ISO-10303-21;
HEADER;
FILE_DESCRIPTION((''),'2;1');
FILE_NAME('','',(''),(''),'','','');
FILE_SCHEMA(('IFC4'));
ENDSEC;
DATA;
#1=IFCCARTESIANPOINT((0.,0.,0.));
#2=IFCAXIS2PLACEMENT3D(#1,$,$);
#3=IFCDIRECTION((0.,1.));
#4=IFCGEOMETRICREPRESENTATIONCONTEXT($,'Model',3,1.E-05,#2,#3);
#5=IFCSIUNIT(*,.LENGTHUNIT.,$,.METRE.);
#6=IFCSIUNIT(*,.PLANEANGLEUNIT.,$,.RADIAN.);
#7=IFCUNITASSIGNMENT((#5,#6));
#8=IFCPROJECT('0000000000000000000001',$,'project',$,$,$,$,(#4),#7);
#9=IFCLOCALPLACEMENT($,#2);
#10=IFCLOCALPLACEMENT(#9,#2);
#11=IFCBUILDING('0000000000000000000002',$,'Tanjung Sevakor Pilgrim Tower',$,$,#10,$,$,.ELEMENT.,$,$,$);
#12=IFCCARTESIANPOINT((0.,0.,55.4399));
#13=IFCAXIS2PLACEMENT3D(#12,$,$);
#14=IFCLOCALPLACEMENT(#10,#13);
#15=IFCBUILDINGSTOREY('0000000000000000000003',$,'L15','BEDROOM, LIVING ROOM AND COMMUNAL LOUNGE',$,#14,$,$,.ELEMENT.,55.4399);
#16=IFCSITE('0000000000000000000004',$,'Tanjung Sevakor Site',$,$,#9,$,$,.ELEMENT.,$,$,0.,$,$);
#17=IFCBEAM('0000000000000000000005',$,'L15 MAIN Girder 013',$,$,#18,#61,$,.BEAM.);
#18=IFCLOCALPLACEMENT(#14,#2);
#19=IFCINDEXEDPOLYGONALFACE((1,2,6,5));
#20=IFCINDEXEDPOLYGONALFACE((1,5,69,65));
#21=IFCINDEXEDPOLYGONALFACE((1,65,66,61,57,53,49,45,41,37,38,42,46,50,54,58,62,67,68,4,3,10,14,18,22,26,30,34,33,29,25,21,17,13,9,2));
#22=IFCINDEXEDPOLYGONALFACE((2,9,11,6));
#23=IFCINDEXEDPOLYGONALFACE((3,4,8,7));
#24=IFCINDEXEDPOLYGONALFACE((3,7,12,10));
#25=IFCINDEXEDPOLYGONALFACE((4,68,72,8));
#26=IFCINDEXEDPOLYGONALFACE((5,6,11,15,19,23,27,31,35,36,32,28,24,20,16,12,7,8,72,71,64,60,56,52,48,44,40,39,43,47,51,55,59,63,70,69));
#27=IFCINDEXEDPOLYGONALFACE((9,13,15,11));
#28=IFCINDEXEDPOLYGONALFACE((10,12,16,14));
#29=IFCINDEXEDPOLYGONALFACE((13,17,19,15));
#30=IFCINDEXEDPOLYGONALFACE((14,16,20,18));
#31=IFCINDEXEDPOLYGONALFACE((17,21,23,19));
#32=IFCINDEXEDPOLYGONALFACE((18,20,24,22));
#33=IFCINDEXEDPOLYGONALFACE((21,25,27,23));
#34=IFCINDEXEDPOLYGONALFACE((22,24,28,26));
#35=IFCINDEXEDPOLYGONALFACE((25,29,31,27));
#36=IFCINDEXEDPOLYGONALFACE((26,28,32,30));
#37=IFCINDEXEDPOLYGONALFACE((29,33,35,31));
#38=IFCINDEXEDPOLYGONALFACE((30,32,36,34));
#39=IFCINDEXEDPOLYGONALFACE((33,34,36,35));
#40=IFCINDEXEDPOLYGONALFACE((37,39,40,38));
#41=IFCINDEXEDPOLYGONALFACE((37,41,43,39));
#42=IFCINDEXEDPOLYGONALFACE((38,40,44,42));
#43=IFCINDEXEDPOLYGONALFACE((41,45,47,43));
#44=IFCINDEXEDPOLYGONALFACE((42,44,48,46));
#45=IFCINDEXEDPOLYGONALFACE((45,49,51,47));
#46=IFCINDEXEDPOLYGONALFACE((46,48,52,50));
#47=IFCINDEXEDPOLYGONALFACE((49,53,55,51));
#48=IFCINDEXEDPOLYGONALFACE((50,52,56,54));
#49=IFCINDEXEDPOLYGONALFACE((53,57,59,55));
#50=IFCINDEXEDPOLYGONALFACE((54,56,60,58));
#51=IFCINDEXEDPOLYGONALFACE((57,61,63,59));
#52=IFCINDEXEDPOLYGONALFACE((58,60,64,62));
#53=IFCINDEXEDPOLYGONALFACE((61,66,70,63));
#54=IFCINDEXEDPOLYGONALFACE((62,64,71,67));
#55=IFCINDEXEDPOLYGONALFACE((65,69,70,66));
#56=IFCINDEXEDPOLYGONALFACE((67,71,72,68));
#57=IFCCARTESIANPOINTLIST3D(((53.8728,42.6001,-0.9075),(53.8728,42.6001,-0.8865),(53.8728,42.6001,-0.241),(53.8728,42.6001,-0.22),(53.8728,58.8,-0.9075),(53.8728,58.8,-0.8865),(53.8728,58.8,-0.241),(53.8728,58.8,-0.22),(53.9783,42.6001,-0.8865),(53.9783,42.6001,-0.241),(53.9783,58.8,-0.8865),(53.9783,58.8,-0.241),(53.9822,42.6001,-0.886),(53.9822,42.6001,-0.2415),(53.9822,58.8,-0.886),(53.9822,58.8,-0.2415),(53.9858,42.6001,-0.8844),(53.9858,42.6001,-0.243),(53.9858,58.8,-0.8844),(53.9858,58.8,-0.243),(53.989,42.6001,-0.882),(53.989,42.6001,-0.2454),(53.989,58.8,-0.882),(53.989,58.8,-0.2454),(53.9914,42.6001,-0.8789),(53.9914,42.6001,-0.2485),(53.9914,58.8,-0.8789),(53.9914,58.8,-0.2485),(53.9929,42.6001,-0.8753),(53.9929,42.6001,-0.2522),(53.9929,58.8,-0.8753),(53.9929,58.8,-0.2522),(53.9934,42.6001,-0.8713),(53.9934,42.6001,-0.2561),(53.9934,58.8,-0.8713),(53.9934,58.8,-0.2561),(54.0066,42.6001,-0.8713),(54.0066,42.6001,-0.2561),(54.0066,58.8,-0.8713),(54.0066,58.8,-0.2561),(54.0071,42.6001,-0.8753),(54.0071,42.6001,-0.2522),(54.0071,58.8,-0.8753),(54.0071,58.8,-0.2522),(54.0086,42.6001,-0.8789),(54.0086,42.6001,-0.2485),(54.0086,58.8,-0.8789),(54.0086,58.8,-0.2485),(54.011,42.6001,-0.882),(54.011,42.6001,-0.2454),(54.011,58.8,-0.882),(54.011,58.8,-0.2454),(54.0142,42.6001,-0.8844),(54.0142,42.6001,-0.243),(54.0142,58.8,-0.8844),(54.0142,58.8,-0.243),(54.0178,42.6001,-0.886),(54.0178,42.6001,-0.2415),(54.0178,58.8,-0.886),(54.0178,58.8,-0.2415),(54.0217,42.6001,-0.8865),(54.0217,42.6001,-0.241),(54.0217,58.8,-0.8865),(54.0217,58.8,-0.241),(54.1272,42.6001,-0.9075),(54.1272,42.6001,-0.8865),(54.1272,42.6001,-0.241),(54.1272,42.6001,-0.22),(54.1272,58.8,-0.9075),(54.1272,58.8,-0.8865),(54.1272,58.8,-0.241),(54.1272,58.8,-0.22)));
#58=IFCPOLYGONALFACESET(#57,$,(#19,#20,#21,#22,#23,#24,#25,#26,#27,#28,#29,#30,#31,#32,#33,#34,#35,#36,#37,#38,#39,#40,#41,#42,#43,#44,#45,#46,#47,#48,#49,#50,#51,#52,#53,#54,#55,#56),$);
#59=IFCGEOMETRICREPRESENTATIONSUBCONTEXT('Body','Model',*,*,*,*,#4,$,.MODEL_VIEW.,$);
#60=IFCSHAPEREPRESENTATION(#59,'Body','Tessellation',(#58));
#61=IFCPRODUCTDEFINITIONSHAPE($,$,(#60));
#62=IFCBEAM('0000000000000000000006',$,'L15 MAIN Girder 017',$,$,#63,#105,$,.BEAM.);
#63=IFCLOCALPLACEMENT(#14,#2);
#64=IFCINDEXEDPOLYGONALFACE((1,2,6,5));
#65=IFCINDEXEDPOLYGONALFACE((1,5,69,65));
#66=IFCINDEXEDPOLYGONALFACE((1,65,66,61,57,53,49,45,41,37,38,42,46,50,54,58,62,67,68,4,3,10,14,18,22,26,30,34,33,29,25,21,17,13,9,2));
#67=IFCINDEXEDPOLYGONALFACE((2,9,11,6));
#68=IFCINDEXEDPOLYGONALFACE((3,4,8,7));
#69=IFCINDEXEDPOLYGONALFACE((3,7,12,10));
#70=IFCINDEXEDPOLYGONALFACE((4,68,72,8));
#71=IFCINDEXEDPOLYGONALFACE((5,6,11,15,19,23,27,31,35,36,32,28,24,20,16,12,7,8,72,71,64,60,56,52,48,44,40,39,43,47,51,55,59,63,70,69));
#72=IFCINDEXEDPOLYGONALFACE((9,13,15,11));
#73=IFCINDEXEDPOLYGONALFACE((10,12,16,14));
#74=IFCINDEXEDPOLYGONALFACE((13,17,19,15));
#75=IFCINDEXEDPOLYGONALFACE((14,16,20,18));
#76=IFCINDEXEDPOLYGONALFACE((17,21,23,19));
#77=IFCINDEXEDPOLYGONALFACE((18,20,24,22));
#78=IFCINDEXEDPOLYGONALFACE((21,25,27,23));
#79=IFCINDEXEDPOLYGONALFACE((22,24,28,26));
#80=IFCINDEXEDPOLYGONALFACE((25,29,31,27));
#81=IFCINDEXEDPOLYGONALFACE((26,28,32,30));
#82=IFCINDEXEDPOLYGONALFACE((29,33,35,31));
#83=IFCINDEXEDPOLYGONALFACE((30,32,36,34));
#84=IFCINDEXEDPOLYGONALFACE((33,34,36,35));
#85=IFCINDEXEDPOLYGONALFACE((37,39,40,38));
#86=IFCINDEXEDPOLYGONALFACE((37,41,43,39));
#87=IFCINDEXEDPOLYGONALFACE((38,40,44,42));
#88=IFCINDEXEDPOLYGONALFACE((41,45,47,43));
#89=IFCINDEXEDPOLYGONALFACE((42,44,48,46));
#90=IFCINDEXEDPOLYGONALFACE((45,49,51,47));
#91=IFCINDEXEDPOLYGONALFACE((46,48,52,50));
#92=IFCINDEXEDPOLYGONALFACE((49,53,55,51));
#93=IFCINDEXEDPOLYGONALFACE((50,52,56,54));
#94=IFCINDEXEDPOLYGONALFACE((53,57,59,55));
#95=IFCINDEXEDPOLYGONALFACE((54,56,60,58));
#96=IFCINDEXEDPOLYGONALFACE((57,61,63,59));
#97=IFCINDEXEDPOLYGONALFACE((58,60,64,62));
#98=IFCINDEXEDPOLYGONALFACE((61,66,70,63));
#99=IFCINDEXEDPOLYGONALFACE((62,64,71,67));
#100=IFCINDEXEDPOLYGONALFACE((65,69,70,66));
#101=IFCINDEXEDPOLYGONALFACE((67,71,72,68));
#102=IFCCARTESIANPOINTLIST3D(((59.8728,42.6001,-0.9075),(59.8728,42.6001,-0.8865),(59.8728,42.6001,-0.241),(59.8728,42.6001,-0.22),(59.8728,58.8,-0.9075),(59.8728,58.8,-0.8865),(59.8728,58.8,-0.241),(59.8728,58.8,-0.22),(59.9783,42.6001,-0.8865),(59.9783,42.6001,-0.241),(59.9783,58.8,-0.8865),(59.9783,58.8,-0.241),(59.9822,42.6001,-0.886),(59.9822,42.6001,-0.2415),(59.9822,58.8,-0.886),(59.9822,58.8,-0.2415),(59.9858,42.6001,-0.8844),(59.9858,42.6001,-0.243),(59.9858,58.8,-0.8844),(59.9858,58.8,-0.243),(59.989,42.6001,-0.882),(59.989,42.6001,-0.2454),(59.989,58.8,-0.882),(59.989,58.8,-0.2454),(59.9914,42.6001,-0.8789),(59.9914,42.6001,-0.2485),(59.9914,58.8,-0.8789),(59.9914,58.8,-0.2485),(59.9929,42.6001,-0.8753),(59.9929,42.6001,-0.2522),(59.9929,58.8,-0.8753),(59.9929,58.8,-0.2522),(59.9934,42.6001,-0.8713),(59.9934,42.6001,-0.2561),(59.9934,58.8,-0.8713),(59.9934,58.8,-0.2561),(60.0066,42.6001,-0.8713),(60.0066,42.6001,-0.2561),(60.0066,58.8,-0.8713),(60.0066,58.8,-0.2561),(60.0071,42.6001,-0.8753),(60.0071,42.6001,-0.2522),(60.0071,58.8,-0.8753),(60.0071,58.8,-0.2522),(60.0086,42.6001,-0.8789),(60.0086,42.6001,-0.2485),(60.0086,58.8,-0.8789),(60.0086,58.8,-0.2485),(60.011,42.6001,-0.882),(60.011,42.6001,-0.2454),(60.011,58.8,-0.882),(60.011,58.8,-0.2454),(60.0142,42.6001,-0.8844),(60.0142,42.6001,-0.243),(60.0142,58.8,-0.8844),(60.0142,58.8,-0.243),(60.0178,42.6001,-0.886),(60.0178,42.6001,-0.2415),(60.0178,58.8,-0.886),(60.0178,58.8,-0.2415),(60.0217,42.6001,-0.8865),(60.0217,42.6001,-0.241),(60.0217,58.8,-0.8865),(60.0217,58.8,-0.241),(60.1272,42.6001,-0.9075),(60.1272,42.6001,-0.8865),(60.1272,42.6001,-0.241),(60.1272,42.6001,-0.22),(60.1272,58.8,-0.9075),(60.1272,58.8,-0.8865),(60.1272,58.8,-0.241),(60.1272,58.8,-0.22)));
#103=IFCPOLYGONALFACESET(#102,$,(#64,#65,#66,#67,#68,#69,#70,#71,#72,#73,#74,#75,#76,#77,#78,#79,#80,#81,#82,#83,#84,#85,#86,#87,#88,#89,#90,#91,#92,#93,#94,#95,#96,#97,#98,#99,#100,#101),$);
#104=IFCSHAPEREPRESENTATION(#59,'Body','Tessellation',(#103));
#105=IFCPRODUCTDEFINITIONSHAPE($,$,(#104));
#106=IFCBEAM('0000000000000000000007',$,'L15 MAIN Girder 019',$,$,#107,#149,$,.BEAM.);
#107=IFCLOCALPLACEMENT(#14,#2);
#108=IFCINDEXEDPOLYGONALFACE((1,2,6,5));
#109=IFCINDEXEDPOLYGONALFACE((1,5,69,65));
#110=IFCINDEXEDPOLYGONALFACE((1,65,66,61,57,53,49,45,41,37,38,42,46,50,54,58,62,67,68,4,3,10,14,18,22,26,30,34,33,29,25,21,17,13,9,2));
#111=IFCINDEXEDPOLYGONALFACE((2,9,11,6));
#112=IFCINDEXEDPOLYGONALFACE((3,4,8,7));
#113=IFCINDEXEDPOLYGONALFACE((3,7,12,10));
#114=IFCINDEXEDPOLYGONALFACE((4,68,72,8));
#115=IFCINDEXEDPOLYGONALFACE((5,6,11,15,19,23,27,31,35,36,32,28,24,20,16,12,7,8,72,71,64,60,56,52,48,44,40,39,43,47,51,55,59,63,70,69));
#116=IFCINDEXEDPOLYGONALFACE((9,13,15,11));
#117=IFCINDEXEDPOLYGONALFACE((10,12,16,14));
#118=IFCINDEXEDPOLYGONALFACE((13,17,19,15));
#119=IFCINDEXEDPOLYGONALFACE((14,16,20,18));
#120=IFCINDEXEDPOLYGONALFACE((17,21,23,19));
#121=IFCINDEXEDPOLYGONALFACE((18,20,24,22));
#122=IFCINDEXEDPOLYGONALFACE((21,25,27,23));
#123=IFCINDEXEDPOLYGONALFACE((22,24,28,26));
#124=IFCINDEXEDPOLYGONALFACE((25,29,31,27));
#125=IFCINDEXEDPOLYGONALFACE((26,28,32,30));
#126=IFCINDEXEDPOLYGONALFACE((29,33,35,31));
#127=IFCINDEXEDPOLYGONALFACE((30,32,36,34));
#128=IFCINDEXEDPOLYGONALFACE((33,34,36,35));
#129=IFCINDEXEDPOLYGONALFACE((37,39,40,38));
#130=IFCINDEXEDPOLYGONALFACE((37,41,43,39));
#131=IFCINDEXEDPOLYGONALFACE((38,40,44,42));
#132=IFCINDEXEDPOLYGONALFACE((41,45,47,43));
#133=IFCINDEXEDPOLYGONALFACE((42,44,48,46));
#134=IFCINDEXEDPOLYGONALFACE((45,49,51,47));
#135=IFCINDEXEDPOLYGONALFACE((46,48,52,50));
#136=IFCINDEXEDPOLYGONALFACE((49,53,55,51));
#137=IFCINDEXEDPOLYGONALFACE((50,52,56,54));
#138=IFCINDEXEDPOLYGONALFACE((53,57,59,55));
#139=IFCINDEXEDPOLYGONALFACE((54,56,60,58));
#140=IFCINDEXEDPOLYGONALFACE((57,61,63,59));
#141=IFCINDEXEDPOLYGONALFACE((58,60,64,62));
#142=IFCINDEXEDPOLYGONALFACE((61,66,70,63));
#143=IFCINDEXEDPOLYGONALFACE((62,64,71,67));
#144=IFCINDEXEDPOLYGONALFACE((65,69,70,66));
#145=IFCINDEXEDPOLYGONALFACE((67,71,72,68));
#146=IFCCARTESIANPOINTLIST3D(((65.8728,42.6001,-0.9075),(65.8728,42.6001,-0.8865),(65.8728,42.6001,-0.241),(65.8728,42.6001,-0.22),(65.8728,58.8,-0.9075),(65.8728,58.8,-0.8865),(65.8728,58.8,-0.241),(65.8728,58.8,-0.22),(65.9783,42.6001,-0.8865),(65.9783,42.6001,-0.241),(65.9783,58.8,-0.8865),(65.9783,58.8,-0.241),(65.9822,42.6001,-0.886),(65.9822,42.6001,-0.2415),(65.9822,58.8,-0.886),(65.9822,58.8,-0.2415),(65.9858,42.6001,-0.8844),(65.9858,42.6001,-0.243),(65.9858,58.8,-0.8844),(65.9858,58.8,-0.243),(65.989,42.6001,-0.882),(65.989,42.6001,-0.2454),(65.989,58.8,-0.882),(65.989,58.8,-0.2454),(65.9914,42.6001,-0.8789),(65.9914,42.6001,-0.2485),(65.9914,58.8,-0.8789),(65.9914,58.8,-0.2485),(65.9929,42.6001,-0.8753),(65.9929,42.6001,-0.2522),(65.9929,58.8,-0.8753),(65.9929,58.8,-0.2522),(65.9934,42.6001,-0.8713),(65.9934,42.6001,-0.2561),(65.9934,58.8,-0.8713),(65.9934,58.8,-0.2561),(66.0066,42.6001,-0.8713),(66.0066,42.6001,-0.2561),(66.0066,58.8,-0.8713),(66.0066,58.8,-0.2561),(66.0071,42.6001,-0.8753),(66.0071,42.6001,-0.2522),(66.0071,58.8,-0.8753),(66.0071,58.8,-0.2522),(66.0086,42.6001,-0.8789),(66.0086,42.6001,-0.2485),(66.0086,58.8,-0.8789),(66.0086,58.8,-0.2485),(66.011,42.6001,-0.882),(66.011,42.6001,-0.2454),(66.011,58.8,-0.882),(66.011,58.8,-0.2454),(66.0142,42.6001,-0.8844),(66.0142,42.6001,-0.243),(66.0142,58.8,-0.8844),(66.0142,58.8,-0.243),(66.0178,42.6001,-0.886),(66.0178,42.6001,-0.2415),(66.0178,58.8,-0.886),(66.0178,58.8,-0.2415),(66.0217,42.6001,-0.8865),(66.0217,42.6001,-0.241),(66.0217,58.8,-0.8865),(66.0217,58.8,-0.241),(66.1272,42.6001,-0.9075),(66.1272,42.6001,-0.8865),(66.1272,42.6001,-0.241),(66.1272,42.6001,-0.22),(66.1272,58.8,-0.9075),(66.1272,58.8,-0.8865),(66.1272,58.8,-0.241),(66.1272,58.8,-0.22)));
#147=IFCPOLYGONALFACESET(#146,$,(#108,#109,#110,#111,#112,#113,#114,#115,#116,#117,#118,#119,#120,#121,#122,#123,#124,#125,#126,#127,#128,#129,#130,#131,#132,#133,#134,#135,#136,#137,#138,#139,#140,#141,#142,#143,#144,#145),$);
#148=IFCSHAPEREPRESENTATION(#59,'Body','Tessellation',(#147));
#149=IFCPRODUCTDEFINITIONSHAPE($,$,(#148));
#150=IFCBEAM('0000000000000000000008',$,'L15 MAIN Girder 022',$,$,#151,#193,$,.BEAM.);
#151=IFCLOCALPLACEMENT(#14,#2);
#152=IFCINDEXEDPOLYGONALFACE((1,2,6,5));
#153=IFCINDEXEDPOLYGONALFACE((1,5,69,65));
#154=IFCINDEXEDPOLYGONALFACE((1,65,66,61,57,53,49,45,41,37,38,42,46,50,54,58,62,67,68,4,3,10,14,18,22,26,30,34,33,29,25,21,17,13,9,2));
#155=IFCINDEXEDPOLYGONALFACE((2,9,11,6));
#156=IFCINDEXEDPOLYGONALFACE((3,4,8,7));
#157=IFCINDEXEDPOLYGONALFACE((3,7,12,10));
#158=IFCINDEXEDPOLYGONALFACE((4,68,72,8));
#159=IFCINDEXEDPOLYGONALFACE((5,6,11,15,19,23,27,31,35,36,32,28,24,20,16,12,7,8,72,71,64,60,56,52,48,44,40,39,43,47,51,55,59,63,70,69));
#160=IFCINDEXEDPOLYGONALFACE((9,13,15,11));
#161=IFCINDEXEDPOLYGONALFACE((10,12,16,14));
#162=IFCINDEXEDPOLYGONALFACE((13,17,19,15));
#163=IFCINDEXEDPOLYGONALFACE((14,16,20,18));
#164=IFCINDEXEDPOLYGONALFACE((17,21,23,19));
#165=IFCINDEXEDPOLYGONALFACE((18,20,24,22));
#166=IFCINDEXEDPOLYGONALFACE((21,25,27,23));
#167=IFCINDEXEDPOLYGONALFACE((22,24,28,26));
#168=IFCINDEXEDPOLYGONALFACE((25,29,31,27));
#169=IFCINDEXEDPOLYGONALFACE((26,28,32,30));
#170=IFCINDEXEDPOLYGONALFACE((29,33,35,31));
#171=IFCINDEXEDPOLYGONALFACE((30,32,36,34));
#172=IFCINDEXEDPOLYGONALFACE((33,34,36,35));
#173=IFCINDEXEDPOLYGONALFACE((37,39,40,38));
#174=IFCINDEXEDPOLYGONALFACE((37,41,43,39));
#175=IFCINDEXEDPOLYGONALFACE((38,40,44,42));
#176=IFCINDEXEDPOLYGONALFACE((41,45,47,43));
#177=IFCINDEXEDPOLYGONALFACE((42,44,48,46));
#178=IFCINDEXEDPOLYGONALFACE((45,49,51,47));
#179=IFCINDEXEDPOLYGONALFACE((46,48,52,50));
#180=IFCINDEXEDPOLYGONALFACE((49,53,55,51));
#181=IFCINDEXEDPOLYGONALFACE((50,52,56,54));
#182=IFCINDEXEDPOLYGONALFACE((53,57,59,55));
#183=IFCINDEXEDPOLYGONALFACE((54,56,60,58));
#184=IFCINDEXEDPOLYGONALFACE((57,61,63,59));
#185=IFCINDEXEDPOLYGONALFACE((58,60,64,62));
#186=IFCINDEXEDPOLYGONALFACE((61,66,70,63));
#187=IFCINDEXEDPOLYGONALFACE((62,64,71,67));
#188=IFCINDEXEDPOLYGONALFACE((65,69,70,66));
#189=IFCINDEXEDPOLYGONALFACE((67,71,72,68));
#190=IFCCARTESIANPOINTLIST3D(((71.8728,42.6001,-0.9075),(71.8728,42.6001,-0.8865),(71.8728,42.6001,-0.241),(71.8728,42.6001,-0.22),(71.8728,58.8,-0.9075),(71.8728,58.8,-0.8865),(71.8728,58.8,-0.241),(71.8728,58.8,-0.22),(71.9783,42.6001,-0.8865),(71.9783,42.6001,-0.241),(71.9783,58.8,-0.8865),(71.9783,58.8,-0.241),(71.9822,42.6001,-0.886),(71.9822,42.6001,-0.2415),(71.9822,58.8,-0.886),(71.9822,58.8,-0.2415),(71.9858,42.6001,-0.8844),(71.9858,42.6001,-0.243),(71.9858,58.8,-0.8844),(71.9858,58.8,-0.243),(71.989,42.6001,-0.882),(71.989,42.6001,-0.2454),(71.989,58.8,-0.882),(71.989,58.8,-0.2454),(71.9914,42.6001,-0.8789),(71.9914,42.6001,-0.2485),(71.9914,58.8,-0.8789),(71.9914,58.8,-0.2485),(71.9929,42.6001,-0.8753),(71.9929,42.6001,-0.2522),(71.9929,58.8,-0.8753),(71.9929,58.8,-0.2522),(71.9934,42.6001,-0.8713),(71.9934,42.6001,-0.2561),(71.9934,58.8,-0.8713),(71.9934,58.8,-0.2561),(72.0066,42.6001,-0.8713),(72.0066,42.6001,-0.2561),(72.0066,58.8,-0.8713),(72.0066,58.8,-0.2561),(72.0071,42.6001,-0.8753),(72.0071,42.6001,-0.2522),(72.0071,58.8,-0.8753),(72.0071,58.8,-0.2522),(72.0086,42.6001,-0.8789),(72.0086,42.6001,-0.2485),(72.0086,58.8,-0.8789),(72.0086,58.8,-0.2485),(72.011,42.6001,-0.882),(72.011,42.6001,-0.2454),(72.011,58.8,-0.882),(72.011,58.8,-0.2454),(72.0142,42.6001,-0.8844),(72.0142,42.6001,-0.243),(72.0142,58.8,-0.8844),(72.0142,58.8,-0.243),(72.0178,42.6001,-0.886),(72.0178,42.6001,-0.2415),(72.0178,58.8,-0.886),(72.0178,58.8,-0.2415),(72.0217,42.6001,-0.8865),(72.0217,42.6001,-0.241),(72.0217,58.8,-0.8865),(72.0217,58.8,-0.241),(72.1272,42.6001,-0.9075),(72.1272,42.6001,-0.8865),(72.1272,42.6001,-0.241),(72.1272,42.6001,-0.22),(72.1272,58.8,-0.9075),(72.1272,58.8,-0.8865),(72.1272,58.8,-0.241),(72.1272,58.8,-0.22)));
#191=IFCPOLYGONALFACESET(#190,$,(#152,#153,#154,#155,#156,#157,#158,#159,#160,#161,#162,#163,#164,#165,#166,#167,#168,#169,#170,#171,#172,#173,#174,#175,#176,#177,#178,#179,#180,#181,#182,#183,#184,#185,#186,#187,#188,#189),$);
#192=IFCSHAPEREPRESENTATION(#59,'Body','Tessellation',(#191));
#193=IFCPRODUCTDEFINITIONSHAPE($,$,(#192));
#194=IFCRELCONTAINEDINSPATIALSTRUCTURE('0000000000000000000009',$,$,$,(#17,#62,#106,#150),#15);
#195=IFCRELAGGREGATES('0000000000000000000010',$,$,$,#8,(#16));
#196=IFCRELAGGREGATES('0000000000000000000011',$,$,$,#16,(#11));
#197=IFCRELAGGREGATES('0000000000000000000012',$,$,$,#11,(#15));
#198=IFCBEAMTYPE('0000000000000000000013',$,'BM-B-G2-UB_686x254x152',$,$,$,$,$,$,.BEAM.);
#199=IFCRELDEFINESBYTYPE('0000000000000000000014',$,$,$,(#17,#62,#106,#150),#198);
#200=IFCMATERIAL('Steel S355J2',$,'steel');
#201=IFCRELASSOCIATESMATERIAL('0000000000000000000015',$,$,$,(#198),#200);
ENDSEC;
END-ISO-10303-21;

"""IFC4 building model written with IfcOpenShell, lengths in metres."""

from ifc_helpers import new_model, si_unit, direction, frame, origin, origin_2d, place, context, subcontext, project, spatial, i_section, extrude, material, material_profile, profile_set, type_object, element, save


model = new_model("IFC4")

# Units and contexts
model_context = context("Model", 3, precision=1e-05, world=origin(), true_north=direction((0.0, 1.0)))
body_context = subcontext(model_context, "Body", "Model", "MODEL_VIEW")
ifc_project = project(units=[si_unit("LENGTHUNIT", "METRE"), si_unit("PLANEANGLEUNIT", "RADIAN")], contexts=[model_context])

# Site, building, storey
site_placement = place(None, origin())
site = spatial("IfcSite", under=ifc_project, at=site_placement, Name="Tanjung Sevakor Site", CompositionType="ELEMENT", RefElevation=0.0)
building_placement = place(site_placement, origin())
building = spatial("IfcBuilding", under=site, at=building_placement, Name="Tanjung Sevakor Pilgrim Tower", CompositionType="ELEMENT")
storey_placement = place(building_placement, frame((0.0, 0.0, 55.4399)))
storey = spatial("IfcBuildingStorey", under=building, at=storey_placement, Name="L15", Description="BEDROOM, LIVING ROOM AND COMMUNAL LOUNGE", CompositionType="ELEMENT", Elevation=55.4399)

# Beams
ifc_material_1 = material(Name="Steel S355J2", Category="steel")
ifc_material_profile_1 = material_profile(ifc_material_1, i_section(OverallWidth=0.2544, OverallDepth=0.6875, WebThickness=0.0132, FlangeThickness=0.021, FilletRadius=0.0151, at=origin_2d()))
ifc_profile_set_1 = profile_set([ifc_material_profile_1], Name="Steel S355J2")
beam_type_1 = type_object("IfcBeamType", Name="BM-B-G2-UB_686x254x152", PredefinedType="BEAM", material=ifc_profile_set_1)
for number, where, z_axis, x_axis, name in (
    (1, (54.0, 42.6001, -0.5637), (0.0, 1.0, 0.0), (-1.0, 0.0, 0.0), "L15 MAIN Girder 013"),
    (2, (60.0, 42.6001, -0.5637), (0.0, 1.0, 0.0), (-1.0, 0.0, 0.0), "L15 MAIN Girder 017"),
    (3, (66.0, 42.6001, -0.5637), (0.0, 1.0, 0.0), (-1.0, 0.0, 0.0), "L15 MAIN Girder 019"),
    (4, (72.0, 42.6001, -0.5637), (0.0, 1.0, 0.0), (-1.0, 0.0, 0.0), "L15 MAIN Girder 022"),
):
    element("IfcBeam", number, at=place(storey_placement, frame(where, z_axis=z_axis, x_axis=x_axis)), inside=storey, type_object=beam_type_1, Name=name, PredefinedType="BEAM", context=body_context, shape_type="SweptSolid", body=[
        extrude(i_section(OverallWidth=0.2544, OverallDepth=0.6875, WebThickness=0.0132, FlangeThickness=0.021, FilletRadius=0.0151, at=origin_2d()), origin(), (0.0, 0.0, 1.0), 16.2),
    ])

save(model, "model.ifc")
